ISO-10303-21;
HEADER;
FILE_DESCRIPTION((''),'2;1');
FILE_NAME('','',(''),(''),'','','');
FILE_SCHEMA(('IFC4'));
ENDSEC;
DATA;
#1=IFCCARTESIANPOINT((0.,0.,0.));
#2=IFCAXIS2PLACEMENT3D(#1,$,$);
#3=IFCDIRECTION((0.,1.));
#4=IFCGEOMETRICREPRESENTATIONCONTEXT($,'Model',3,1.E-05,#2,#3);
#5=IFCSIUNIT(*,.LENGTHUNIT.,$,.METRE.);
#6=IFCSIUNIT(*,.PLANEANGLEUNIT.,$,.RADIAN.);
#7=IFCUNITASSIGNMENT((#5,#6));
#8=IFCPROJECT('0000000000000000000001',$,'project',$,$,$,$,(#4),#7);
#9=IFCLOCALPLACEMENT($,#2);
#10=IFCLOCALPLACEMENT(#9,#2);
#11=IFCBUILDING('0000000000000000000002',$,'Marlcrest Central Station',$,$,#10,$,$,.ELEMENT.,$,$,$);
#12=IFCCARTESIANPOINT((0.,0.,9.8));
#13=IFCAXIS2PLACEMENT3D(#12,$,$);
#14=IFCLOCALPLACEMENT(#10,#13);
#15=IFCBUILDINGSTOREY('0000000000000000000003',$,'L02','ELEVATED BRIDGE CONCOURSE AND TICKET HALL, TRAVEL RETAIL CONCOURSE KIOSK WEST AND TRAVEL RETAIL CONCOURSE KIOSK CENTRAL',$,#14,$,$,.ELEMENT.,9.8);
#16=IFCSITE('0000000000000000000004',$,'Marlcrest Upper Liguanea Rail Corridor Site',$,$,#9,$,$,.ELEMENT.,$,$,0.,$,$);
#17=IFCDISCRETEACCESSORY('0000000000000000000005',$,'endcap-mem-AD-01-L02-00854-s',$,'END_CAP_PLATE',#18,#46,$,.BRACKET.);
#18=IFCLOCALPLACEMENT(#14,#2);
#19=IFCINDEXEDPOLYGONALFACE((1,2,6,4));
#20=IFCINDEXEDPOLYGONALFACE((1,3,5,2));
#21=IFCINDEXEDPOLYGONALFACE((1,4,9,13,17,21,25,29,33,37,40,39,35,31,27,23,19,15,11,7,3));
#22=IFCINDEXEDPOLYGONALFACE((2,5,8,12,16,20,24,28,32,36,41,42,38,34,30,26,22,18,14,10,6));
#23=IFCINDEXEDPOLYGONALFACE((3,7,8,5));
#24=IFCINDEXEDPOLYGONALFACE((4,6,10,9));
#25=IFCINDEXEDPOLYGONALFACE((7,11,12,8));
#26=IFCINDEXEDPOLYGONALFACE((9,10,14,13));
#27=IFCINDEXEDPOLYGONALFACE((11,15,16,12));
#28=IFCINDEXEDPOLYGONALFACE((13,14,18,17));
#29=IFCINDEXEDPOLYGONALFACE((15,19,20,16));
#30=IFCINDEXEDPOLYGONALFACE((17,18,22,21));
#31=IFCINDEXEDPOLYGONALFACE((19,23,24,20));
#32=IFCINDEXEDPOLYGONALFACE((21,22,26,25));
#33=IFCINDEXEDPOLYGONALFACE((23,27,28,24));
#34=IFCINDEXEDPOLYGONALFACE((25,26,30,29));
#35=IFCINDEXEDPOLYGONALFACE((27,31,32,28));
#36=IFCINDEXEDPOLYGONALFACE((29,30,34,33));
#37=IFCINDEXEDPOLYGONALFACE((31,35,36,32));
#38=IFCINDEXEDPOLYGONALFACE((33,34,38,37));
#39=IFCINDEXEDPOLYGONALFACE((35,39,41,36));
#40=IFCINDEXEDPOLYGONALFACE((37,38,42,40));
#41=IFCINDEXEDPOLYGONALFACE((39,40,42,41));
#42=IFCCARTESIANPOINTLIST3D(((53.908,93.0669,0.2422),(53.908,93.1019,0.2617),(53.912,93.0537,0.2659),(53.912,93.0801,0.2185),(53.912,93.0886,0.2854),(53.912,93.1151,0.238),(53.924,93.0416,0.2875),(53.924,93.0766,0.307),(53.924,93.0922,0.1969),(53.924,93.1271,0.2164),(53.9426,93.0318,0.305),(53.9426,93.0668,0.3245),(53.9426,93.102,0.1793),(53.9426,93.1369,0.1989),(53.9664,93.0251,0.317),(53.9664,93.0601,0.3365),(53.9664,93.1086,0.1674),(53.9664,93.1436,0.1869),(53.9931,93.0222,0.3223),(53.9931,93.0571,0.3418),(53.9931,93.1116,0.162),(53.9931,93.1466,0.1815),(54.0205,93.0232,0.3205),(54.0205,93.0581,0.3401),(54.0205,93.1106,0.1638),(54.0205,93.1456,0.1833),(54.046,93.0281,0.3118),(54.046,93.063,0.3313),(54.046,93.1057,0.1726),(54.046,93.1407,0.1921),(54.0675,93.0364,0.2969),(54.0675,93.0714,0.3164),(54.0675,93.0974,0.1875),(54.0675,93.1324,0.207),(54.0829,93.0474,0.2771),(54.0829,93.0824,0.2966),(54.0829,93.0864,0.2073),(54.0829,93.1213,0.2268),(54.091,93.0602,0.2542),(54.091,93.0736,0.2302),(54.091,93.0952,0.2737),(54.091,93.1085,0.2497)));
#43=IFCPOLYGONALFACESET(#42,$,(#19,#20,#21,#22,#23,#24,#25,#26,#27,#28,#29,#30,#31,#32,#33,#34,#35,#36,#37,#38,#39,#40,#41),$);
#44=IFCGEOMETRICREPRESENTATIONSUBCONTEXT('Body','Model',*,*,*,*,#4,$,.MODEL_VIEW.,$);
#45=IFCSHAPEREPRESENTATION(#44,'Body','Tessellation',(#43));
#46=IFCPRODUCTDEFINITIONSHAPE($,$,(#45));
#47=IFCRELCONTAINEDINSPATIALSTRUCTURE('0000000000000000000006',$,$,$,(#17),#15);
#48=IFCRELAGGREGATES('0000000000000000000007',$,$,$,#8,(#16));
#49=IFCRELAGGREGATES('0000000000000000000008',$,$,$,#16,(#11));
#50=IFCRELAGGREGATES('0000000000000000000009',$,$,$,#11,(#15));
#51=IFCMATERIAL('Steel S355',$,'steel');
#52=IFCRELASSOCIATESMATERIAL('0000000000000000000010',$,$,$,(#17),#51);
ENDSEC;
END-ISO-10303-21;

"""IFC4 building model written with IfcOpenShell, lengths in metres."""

from ifc_helpers import new_model, si_unit, direction, frame, origin, origin_2d, place, context, subcontext, project, spatial, circle, extrude, material, element, save


model = new_model("IFC4")

# Units and contexts
model_context = context("Model", 3, precision=1e-05, world=origin(), true_north=direction((0.0, 1.0)))
body_context = subcontext(model_context, "Body", "Model", "MODEL_VIEW")
ifc_project = project(units=[si_unit("LENGTHUNIT", "METRE"), si_unit("PLANEANGLEUNIT", "RADIAN")], contexts=[model_context])

# Site, building, storey
site_placement = place(None, origin())
site = spatial("IfcSite", under=ifc_project, at=site_placement, Name="Marlcrest Upper Liguanea Rail Corridor Site", CompositionType="ELEMENT", RefElevation=0.0)
building_placement = place(site_placement, origin())
building = spatial("IfcBuilding", under=site, at=building_placement, Name="Marlcrest Central Station", CompositionType="ELEMENT")
storey_placement = place(building_placement, frame((0.0, 0.0, 9.8)))
storey = spatial("IfcBuildingStorey", under=building, at=storey_placement, Name="L02", Description="ELEVATED BRIDGE CONCOURSE AND TICKET HALL, TRAVEL RETAIL CONCOURSE KIOSK WEST AND TRAVEL RETAIL CONCOURSE KIOSK CENTRAL", CompositionType="ELEMENT", Elevation=9.8)

# Shared definitions
ifc_material_1 = material(Name="Steel S355", Category="steel")

# Discrete accessory
discrete_accessory_1_placement = place(storey_placement, frame((54.0, 93.0669, 0.2422), z_axis=(0.0, 0.873246, 0.48728), x_axis=(-1.0, 0.0, 0.0)))
element("IfcDiscreteAccessory", 1, at=discrete_accessory_1_placement, inside=storey, material=ifc_material_1, Name="endcap-mem-AD-01-L02-00854-s", ObjectType="END_CAP_PLATE", PredefinedType="BRACKET", context=body_context, shape_type="SweptSolid", body=[
    extrude(circle(Radius=0.092, at=origin_2d()), origin(), (0.0, 0.0, 1.0), 0.04),
])

save(model, "model.ifc")
